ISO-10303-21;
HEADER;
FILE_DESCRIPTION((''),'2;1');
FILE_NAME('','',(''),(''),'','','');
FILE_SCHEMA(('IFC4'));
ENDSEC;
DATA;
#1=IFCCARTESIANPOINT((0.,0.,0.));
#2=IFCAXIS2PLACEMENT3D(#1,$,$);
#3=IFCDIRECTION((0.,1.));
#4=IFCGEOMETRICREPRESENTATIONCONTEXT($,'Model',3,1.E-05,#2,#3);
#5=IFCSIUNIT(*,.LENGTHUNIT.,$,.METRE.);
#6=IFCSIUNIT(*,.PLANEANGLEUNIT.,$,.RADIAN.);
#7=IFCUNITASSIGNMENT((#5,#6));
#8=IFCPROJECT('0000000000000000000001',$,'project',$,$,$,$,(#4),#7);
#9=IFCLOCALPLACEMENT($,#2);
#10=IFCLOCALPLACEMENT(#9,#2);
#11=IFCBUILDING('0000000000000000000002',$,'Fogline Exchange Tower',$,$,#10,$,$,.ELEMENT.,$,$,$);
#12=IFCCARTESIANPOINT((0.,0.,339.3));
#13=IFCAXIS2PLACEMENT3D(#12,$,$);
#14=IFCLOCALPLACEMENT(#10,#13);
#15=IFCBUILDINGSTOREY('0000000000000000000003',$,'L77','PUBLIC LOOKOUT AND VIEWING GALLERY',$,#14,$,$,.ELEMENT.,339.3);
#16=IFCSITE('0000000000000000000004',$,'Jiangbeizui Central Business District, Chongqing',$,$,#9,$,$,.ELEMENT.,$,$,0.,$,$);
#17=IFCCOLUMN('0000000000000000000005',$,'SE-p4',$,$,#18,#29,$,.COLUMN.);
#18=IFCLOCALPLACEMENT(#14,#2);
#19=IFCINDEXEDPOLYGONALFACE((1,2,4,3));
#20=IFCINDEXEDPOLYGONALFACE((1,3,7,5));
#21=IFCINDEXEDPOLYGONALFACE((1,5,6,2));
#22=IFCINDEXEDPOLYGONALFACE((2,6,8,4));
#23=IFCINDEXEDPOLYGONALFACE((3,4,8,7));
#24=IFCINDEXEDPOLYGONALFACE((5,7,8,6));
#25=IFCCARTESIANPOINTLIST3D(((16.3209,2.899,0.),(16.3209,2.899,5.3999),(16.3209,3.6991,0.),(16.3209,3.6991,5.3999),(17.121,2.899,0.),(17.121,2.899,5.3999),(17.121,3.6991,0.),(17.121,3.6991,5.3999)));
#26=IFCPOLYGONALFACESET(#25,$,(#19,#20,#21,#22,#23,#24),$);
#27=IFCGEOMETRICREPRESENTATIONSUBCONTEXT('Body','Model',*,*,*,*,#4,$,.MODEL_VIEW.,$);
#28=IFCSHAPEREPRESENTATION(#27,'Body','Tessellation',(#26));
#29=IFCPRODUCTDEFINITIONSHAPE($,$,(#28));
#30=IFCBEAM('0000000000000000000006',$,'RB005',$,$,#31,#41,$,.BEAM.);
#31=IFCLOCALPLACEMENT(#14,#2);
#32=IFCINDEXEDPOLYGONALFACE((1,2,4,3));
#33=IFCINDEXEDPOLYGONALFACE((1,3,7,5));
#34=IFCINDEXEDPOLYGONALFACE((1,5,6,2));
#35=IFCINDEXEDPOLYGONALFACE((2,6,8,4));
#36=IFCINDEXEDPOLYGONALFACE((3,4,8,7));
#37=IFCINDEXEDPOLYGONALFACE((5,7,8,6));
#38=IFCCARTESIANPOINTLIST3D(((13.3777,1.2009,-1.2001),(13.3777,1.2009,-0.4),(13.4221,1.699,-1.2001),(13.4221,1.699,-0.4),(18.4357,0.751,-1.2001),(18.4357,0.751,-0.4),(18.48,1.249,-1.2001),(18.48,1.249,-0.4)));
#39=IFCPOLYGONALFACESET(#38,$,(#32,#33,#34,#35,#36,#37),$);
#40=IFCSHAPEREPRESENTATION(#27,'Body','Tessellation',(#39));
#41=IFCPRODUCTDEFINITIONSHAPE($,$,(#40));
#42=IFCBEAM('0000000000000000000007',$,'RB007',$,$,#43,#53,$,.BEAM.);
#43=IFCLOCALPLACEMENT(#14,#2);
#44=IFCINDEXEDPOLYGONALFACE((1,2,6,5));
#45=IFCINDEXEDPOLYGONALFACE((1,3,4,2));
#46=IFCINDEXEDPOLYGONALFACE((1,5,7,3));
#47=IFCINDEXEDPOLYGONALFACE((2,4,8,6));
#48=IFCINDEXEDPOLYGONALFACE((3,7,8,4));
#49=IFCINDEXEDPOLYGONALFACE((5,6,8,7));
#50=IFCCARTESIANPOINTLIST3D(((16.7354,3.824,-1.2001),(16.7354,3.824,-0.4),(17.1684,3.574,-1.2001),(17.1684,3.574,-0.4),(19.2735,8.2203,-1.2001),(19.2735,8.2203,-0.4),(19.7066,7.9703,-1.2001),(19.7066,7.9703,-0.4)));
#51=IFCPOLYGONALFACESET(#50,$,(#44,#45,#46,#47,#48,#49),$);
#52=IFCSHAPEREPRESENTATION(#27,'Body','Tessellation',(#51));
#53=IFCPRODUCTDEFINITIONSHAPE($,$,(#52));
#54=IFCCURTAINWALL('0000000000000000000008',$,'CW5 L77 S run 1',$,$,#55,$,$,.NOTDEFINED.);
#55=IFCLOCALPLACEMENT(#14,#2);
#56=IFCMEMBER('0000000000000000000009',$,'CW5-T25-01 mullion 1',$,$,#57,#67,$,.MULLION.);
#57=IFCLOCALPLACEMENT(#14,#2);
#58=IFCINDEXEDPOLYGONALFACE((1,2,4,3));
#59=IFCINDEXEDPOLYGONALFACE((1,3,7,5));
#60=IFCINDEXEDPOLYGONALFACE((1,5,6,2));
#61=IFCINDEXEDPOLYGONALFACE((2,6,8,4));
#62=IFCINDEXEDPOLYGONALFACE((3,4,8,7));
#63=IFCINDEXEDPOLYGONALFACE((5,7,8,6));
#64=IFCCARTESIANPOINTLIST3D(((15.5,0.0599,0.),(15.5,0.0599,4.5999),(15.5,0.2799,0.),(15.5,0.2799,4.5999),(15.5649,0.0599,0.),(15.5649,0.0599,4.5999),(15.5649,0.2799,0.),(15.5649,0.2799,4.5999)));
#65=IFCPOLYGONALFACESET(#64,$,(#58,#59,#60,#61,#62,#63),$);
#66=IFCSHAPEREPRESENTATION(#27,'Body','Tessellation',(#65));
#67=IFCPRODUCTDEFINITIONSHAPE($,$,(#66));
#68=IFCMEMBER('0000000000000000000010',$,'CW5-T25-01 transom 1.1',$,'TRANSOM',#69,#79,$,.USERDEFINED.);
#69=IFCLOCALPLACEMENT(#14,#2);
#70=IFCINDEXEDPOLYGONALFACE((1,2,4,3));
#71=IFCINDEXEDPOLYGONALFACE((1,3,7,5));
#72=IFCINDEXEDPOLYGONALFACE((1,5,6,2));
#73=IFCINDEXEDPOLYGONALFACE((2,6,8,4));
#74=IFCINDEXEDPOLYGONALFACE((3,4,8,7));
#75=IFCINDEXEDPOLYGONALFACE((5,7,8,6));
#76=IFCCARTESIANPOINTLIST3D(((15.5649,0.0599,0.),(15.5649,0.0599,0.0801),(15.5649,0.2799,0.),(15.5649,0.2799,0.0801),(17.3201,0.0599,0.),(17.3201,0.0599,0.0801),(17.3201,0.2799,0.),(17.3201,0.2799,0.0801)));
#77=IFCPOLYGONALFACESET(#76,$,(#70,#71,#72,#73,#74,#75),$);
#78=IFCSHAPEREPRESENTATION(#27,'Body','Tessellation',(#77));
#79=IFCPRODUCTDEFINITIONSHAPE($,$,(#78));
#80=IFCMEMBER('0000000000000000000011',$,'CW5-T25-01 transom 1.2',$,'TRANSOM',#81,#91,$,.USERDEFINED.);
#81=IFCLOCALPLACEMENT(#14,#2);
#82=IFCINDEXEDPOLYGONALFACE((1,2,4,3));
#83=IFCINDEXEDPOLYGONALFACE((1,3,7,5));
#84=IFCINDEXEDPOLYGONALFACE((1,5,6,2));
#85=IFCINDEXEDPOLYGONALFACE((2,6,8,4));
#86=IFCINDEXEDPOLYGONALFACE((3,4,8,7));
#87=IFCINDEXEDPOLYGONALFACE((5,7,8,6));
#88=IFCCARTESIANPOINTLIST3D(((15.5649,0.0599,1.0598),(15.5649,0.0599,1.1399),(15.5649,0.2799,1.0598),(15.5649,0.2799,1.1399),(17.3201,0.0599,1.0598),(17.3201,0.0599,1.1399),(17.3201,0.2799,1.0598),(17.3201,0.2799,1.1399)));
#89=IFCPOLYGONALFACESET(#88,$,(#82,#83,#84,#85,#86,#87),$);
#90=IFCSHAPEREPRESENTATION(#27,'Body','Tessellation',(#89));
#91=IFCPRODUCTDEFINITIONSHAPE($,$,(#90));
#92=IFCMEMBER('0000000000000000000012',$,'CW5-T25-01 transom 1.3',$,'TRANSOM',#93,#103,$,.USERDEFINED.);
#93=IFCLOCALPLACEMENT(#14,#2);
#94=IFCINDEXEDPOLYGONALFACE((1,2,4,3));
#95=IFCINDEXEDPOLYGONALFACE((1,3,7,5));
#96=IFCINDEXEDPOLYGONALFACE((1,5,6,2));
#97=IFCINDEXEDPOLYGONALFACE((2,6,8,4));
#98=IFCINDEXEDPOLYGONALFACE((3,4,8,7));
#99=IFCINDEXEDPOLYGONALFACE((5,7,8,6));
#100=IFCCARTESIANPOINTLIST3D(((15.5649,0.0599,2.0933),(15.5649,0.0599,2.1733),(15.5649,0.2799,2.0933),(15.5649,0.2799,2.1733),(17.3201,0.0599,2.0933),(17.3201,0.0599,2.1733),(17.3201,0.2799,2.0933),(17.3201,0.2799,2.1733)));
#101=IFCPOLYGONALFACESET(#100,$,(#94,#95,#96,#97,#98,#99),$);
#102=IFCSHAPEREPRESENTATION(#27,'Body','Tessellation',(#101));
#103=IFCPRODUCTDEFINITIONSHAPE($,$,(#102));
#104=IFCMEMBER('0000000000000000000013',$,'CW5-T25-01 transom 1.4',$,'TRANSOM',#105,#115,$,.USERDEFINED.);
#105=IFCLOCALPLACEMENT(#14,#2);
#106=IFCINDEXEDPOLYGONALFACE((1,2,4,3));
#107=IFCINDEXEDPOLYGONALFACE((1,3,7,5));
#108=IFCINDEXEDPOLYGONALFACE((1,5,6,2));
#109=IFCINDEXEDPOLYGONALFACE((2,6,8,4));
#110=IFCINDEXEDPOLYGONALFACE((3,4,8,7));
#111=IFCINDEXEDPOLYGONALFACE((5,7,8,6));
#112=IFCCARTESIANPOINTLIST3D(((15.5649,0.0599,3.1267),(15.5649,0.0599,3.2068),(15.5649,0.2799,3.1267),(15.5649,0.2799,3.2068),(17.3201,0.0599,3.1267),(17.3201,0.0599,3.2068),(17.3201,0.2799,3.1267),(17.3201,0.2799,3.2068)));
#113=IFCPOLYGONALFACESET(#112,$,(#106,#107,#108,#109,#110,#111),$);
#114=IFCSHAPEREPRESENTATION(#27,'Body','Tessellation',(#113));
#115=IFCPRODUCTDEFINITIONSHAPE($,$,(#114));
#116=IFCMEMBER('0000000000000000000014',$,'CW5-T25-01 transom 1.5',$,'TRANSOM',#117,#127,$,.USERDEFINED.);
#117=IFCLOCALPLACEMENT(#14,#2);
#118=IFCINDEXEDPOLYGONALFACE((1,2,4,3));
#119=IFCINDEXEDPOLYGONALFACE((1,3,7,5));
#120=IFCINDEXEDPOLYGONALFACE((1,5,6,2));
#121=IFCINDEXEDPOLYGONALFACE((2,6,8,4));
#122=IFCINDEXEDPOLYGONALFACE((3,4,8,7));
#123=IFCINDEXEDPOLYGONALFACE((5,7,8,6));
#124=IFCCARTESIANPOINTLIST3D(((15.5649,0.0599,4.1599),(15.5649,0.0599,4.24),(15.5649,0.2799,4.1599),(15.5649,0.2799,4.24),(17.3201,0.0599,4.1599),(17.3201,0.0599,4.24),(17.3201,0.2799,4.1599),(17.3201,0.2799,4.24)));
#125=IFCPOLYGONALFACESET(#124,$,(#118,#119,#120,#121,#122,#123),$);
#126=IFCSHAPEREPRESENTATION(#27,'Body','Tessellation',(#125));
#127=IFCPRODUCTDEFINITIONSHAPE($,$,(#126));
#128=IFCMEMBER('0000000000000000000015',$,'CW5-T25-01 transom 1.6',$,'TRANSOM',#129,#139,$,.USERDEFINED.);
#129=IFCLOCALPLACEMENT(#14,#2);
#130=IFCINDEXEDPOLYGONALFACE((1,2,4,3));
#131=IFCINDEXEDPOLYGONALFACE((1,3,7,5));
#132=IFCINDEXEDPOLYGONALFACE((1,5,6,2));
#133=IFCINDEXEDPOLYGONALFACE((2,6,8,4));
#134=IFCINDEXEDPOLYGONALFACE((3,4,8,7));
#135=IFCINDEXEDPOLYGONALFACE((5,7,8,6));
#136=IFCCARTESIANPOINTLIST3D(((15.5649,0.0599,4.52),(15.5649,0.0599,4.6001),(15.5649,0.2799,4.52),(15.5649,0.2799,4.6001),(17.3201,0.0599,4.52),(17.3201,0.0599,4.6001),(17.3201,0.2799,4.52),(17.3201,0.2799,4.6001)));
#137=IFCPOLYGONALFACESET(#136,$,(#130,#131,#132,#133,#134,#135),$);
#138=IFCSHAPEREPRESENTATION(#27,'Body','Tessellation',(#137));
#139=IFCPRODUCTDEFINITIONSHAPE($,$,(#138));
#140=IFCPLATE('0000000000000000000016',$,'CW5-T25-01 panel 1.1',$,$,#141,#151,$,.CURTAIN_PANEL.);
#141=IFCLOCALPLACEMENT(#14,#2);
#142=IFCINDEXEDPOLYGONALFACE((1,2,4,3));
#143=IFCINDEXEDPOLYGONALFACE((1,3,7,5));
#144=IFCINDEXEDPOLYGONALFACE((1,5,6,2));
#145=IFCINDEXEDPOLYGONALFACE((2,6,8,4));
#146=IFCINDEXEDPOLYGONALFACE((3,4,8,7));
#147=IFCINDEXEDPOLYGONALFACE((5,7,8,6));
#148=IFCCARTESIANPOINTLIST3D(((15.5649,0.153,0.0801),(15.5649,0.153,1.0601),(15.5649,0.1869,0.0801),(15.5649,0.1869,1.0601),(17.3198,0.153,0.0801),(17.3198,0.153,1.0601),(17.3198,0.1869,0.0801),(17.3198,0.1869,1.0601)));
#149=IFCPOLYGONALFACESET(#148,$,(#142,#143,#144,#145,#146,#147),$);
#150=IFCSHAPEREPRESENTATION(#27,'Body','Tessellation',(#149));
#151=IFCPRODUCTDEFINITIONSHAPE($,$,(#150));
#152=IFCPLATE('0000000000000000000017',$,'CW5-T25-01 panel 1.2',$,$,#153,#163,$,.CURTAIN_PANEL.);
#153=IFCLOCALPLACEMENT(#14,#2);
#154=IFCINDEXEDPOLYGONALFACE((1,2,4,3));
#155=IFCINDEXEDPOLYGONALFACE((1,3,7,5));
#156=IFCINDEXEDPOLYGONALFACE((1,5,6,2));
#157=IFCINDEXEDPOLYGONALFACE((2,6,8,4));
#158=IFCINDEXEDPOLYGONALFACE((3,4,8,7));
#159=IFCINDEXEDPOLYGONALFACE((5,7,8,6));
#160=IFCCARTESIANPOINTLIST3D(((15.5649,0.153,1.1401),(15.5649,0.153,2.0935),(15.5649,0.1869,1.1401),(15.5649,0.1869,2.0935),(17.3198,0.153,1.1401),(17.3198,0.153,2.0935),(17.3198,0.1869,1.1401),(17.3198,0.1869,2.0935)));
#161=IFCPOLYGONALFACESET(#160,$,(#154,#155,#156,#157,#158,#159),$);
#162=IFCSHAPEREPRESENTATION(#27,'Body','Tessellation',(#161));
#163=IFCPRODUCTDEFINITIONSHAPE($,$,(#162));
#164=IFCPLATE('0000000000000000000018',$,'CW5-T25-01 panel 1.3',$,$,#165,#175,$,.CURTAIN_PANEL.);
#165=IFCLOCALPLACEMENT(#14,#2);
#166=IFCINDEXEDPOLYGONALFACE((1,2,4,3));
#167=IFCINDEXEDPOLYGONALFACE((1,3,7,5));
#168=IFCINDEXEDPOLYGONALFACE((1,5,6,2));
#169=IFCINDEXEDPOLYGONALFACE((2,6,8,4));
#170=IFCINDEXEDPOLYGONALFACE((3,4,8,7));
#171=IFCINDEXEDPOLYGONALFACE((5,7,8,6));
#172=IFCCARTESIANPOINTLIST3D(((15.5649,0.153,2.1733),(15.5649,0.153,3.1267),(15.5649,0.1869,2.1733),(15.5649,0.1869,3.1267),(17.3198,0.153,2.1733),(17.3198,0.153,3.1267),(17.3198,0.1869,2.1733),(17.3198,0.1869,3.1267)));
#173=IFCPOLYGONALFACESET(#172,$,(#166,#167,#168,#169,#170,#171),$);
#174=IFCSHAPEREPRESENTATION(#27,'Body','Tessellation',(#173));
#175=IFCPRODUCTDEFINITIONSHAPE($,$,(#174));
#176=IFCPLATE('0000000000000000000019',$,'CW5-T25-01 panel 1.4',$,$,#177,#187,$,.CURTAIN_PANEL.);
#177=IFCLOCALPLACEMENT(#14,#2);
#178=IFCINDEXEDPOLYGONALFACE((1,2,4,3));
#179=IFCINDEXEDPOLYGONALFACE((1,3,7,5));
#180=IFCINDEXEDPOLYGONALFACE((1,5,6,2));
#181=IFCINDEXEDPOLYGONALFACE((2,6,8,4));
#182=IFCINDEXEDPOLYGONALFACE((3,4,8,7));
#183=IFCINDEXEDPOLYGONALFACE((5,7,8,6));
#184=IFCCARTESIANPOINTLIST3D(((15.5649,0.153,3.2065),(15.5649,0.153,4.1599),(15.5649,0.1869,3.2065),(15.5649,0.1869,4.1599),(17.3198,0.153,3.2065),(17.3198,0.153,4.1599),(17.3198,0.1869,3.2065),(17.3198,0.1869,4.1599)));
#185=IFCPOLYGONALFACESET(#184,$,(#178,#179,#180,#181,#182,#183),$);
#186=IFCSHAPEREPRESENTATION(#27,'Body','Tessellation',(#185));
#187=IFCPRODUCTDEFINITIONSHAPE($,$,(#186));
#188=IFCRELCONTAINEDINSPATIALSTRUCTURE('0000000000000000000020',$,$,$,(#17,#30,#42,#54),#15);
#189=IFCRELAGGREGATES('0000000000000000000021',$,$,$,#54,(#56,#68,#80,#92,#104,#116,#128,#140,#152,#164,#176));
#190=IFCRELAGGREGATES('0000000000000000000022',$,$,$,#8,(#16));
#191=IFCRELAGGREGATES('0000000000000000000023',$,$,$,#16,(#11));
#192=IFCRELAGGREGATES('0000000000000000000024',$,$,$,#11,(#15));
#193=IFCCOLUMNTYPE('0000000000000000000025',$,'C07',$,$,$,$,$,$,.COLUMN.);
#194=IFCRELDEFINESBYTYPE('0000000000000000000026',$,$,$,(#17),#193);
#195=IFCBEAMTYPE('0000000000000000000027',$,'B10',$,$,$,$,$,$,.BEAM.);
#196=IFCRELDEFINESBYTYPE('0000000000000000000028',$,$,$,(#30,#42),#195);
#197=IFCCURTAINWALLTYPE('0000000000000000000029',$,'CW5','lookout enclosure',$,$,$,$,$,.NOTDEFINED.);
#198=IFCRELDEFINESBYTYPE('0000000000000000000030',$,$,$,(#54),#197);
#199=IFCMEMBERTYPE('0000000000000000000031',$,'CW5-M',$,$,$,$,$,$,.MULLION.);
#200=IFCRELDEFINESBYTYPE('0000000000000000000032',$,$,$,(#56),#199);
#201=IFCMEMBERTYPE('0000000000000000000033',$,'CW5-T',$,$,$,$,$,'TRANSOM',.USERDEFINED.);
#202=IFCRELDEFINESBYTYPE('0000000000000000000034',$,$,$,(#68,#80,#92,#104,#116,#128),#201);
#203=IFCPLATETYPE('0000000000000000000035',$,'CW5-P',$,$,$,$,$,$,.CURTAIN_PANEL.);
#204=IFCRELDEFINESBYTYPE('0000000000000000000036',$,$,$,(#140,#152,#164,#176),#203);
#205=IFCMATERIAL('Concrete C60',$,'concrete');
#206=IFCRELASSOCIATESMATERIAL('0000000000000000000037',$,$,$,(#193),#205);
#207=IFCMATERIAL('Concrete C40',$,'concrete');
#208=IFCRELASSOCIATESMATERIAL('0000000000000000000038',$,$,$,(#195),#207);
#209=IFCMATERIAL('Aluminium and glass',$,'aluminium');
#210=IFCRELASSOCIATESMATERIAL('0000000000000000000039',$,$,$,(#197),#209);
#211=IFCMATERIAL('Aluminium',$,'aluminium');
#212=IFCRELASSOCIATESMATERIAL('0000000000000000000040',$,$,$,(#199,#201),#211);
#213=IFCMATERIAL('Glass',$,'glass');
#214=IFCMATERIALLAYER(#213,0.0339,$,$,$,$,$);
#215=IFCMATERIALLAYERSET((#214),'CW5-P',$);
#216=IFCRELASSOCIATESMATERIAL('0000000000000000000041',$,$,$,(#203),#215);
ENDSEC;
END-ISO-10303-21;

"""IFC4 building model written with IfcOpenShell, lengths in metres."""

from ifc_helpers import new_model, si_unit, direction, frame, origin, origin_2d, place, context, subcontext, project, spatial, rectangle, extrude, material, layer, layer_set, material_profile, profile_set, type_object, element, aggregate, save


model = new_model("IFC4")

# Units and contexts
model_context = context("Model", 3, precision=1e-05, world=origin(), true_north=direction((0.0, 1.0)))
body_context = subcontext(model_context, "Body", "Model", "MODEL_VIEW")
ifc_project = project(units=[si_unit("LENGTHUNIT", "METRE"), si_unit("PLANEANGLEUNIT", "RADIAN")], contexts=[model_context])

# Site, building, storey
site_placement = place(None, origin())
site = spatial("IfcSite", under=ifc_project, at=site_placement, Name="Jiangbeizui Central Business District, Chongqing", CompositionType="ELEMENT", RefElevation=0.0)
building_placement = place(site_placement, origin())
building = spatial("IfcBuilding", under=site, at=building_placement, Name="Fogline Exchange Tower", CompositionType="ELEMENT")
storey_placement = place(building_placement, frame((0.0, 0.0, 339.3)))
storey = spatial("IfcBuildingStorey", under=building, at=storey_placement, Name="L77", Description="PUBLIC LOOKOUT AND VIEWING GALLERY", CompositionType="ELEMENT", Elevation=339.3)

# Column
ifc_material_1 = material(Name="Concrete C60", Category="concrete")
ifc_material_profile_1 = material_profile(ifc_material_1, rectangle(XDim=0.8, YDim=0.8, at=origin_2d()), Name="RC 800x800")
ifc_profile_set_1 = profile_set([ifc_material_profile_1], Name="Concrete C60")
column_type = type_object("IfcColumnType", Name="C07", PredefinedType="COLUMN", material=ifc_profile_set_1)
column_placement = place(storey_placement, frame((16.7209, 3.2991, 0.0), z_axis=(0.0, 0.0, 1.0), x_axis=(1.0, 0.0, 0.0)))
element("IfcColumn", 1, at=column_placement, inside=storey, type_object=column_type, Name="SE-p4", PredefinedType="COLUMN", context=body_context, shape_type="SweptSolid", body=[
    extrude(rectangle(XDim=0.8, YDim=0.8, at=origin_2d()), origin(), (0.0, 0.0, 1.0), 5.3999),
])

# Beams
ifc_material_2 = material(Name="Concrete C40", Category="concrete")
ifc_material_profile_2 = material_profile(ifc_material_2, rectangle(XDim=0.5, YDim=0.8, at=origin_2d()), Name="RC 500x800")
ifc_profile_set_2 = profile_set([ifc_material_profile_2], Name="Concrete C40")
beam_type = type_object("IfcBeamType", Name="B10", PredefinedType="BEAM", material=ifc_profile_set_2)
beam_1_placement = place(storey_placement, frame((13.3999, 1.45, -0.8), z_axis=(0.996066, -0.088611, 0.0), x_axis=(0.088611, 0.996066, 0.0)))
element("IfcBeam", 2, at=beam_1_placement, inside=storey, type_object=beam_type, Name="RB005", PredefinedType="BEAM", context=body_context, shape_type="SweptSolid", body=[
    extrude(rectangle(XDim=0.5, YDim=0.8, at=origin_2d()), origin(), (0.0, 0.0, 1.0), 5.0779),
])
beam_2_placement = place(storey_placement, frame((16.9519, 3.699, -0.8), z_axis=(0.499988, 0.866033, 0.0), x_axis=(-0.866033, 0.499988, 0.0)))
element("IfcBeam", 3, at=beam_2_placement, inside=storey, type_object=beam_type, Name="RB007", PredefinedType="BEAM", context=body_context, shape_type="SweptSolid", body=[
    extrude(rectangle(XDim=0.5, YDim=0.8, at=origin_2d()), origin(), (0.0, 0.0, 1.0), 5.0764),
])

# Curtain wall, members, plates
ifc_material_3 = material(Name="Aluminium and glass", Category="aluminium")
curtain_wall_type = type_object("IfcCurtainWallType", Name="CW5", Description="lookout enclosure", PredefinedType="NOTDEFINED", material=ifc_material_3)
curtain_wall_placement = place(storey_placement, origin())
curtain_wall = element("IfcCurtainWall", 4, at=curtain_wall_placement, inside=storey, type_object=curtain_wall_type, Name="CW5 L77 S run 1", PredefinedType="NOTDEFINED")
ifc_material_4 = material(Name="Aluminium", Category="aluminium")
ifc_material_profile_3 = material_profile(ifc_material_4, rectangle(XDim=0.22, YDim=0.0649, at=origin_2d()), Name="Mullion 65x220")
ifc_profile_set_3 = profile_set([ifc_material_profile_3], Name="Aluminium")
member_type_1 = type_object("IfcMemberType", Name="CW5-M", PredefinedType="MULLION", material=ifc_profile_set_3)
member_1_placement = place(storey_placement, frame((15.5325, 0.1699, 0.0), z_axis=(0.0, 0.0, 1.0), x_axis=(0.0, 1.0, 0.0)))
member_1 = element("IfcMember", 5, at=member_1_placement, type_object=member_type_1, Name="CW5-T25-01 mullion 1", PredefinedType="MULLION", context=body_context, shape_type="SweptSolid", body=[
    extrude(rectangle(XDim=0.22, YDim=0.0649, at=origin_2d()), origin(), (0.0, 0.0, 1.0), 4.5999),
])
ifc_material_profile_4 = material_profile(ifc_material_4, rectangle(XDim=0.22, YDim=0.0801, at=origin_2d()), Name="Transom 80x220")
ifc_profile_set_4 = profile_set([ifc_material_profile_4], Name="Aluminium")
member_type_2 = type_object("IfcMemberType", Name="CW5-T", ElementType="TRANSOM", PredefinedType="USERDEFINED", material=ifc_profile_set_4)
member_2_placement = place(storey_placement, frame((15.5649, 0.1699, 0.04), z_axis=(1.0, 0.0, 0.0), x_axis=(0.0, 1.0, 0.0)))
member_2 = element("IfcMember", 6, at=member_2_placement, type_object=member_type_2, Name="CW5-T25-01 transom 1.1", ObjectType="TRANSOM", PredefinedType="USERDEFINED", context=body_context, shape_type="SweptSolid", body=[
    extrude(rectangle(XDim=0.22, YDim=0.0801, at=origin_2d()), origin(), (0.0, 0.0, 1.0), 1.7551),
])
member_3_placement = place(storey_placement, frame((15.5649, 0.1699, 1.0999), z_axis=(1.0, 0.0, 0.0), x_axis=(0.0, 1.0, 0.0)))
member_3 = element("IfcMember", 7, at=member_3_placement, type_object=member_type_2, Name="CW5-T25-01 transom 1.2", ObjectType="TRANSOM", PredefinedType="USERDEFINED", context=body_context, shape_type="SweptSolid", body=[
    extrude(rectangle(XDim=0.22, YDim=0.0801, at=origin_2d()), origin(), (0.0, 0.0, 1.0), 1.7551),
])
member_4_placement = place(storey_placement, frame((15.5649, 0.1699, 2.1333), z_axis=(1.0, 0.0, 0.0), x_axis=(0.0, 1.0, 0.0)))
member_4 = element("IfcMember", 8, at=member_4_placement, type_object=member_type_2, Name="CW5-T25-01 transom 1.3", ObjectType="TRANSOM", PredefinedType="USERDEFINED", context=body_context, shape_type="SweptSolid", body=[
    extrude(rectangle(XDim=0.22, YDim=0.0801, at=origin_2d()), origin(), (0.0, 0.0, 1.0), 1.7551),
])
member_5_placement = place(storey_placement, frame((15.5649, 0.1699, 3.1667), z_axis=(1.0, 0.0, 0.0), x_axis=(0.0, 1.0, 0.0)))
member_5 = element("IfcMember", 9, at=member_5_placement, type_object=member_type_2, Name="CW5-T25-01 transom 1.4", ObjectType="TRANSOM", PredefinedType="USERDEFINED", context=body_context, shape_type="SweptSolid", body=[
    extrude(rectangle(XDim=0.22, YDim=0.0801, at=origin_2d()), origin(), (0.0, 0.0, 1.0), 1.7551),
])
member_6_placement = place(storey_placement, frame((15.5649, 0.1699, 4.2), z_axis=(1.0, 0.0, 0.0), x_axis=(0.0, 1.0, 0.0)))
member_6 = element("IfcMember", 10, at=member_6_placement, type_object=member_type_2, Name="CW5-T25-01 transom 1.5", ObjectType="TRANSOM", PredefinedType="USERDEFINED", context=body_context, shape_type="SweptSolid", body=[
    extrude(rectangle(XDim=0.22, YDim=0.0801, at=origin_2d()), origin(), (0.0, 0.0, 1.0), 1.7551),
])
member_7_placement = place(storey_placement, frame((15.5649, 0.1699, 4.5601), z_axis=(1.0, 0.0, 0.0), x_axis=(0.0, 1.0, 0.0)))
member_7 = element("IfcMember", 11, at=member_7_placement, type_object=member_type_2, Name="CW5-T25-01 transom 1.6", ObjectType="TRANSOM", PredefinedType="USERDEFINED", context=body_context, shape_type="SweptSolid", body=[
    extrude(rectangle(XDim=0.22, YDim=0.0801, at=origin_2d()), origin(), (0.0, 0.0, 1.0), 1.7551),
])
ifc_material_5 = material(Name="Glass", Category="glass")
ifc_layer_1 = layer(ifc_material_5, 0.0339)
ifc_layer_set_1 = layer_set([ifc_layer_1], Name="CW5-P")
plate_type = type_object("IfcPlateType", Name="CW5-P", PredefinedType="CURTAIN_PANEL", material=ifc_layer_set_1)
plate_1_placement = place(storey_placement, frame((16.4424, 0.1699, 0.0801), z_axis=(0.0, 0.0, 1.0), x_axis=(1.0, 0.0, 0.0)))
plate_1 = element("IfcPlate", 12, at=plate_1_placement, type_object=plate_type, Name="CW5-T25-01 panel 1.1", PredefinedType="CURTAIN_PANEL", context=body_context, shape_type="SweptSolid", body=[
    extrude(rectangle(XDim=1.7549, YDim=0.0339, at=origin_2d()), origin(), (0.0, 0.0, 1.0), 0.98),
])
plate_2_placement = place(storey_placement, frame((16.4424, 0.1699, 1.1401), z_axis=(0.0, 0.0, 1.0), x_axis=(1.0, 0.0, 0.0)))
plate_2 = element("IfcPlate", 13, at=plate_2_placement, type_object=plate_type, Name="CW5-T25-01 panel 1.2", PredefinedType="CURTAIN_PANEL", context=body_context, shape_type="SweptSolid", body=[
    extrude(rectangle(XDim=1.7549, YDim=0.0339, at=origin_2d()), origin(), (0.0, 0.0, 1.0), 0.9534),
])
plate_3_placement = place(storey_placement, frame((16.4424, 0.1699, 2.1733), z_axis=(0.0, 0.0, 1.0), x_axis=(1.0, 0.0, 0.0)))
plate_3 = element("IfcPlate", 14, at=plate_3_placement, type_object=plate_type, Name="CW5-T25-01 panel 1.3", PredefinedType="CURTAIN_PANEL", context=body_context, shape_type="SweptSolid", body=[
    extrude(rectangle(XDim=1.7549, YDim=0.0339, at=origin_2d()), origin(), (0.0, 0.0, 1.0), 0.9534),
])
plate_4_placement = place(storey_placement, frame((16.4424, 0.1699, 3.2065), z_axis=(0.0, 0.0, 1.0), x_axis=(1.0, 0.0, 0.0)))
plate_4 = element("IfcPlate", 15, at=plate_4_placement, type_object=plate_type, Name="CW5-T25-01 panel 1.4", PredefinedType="CURTAIN_PANEL", context=body_context, shape_type="SweptSolid", body=[
    extrude(rectangle(XDim=1.7549, YDim=0.0339, at=origin_2d()), origin(), (0.0, 0.0, 1.0), 0.9534),
])
aggregate(curtain_wall, [member_1, member_2, member_3, member_4, member_5, member_6, member_7, plate_1, plate_2, plate_3, plate_4])

save(model, "model.ifc")
